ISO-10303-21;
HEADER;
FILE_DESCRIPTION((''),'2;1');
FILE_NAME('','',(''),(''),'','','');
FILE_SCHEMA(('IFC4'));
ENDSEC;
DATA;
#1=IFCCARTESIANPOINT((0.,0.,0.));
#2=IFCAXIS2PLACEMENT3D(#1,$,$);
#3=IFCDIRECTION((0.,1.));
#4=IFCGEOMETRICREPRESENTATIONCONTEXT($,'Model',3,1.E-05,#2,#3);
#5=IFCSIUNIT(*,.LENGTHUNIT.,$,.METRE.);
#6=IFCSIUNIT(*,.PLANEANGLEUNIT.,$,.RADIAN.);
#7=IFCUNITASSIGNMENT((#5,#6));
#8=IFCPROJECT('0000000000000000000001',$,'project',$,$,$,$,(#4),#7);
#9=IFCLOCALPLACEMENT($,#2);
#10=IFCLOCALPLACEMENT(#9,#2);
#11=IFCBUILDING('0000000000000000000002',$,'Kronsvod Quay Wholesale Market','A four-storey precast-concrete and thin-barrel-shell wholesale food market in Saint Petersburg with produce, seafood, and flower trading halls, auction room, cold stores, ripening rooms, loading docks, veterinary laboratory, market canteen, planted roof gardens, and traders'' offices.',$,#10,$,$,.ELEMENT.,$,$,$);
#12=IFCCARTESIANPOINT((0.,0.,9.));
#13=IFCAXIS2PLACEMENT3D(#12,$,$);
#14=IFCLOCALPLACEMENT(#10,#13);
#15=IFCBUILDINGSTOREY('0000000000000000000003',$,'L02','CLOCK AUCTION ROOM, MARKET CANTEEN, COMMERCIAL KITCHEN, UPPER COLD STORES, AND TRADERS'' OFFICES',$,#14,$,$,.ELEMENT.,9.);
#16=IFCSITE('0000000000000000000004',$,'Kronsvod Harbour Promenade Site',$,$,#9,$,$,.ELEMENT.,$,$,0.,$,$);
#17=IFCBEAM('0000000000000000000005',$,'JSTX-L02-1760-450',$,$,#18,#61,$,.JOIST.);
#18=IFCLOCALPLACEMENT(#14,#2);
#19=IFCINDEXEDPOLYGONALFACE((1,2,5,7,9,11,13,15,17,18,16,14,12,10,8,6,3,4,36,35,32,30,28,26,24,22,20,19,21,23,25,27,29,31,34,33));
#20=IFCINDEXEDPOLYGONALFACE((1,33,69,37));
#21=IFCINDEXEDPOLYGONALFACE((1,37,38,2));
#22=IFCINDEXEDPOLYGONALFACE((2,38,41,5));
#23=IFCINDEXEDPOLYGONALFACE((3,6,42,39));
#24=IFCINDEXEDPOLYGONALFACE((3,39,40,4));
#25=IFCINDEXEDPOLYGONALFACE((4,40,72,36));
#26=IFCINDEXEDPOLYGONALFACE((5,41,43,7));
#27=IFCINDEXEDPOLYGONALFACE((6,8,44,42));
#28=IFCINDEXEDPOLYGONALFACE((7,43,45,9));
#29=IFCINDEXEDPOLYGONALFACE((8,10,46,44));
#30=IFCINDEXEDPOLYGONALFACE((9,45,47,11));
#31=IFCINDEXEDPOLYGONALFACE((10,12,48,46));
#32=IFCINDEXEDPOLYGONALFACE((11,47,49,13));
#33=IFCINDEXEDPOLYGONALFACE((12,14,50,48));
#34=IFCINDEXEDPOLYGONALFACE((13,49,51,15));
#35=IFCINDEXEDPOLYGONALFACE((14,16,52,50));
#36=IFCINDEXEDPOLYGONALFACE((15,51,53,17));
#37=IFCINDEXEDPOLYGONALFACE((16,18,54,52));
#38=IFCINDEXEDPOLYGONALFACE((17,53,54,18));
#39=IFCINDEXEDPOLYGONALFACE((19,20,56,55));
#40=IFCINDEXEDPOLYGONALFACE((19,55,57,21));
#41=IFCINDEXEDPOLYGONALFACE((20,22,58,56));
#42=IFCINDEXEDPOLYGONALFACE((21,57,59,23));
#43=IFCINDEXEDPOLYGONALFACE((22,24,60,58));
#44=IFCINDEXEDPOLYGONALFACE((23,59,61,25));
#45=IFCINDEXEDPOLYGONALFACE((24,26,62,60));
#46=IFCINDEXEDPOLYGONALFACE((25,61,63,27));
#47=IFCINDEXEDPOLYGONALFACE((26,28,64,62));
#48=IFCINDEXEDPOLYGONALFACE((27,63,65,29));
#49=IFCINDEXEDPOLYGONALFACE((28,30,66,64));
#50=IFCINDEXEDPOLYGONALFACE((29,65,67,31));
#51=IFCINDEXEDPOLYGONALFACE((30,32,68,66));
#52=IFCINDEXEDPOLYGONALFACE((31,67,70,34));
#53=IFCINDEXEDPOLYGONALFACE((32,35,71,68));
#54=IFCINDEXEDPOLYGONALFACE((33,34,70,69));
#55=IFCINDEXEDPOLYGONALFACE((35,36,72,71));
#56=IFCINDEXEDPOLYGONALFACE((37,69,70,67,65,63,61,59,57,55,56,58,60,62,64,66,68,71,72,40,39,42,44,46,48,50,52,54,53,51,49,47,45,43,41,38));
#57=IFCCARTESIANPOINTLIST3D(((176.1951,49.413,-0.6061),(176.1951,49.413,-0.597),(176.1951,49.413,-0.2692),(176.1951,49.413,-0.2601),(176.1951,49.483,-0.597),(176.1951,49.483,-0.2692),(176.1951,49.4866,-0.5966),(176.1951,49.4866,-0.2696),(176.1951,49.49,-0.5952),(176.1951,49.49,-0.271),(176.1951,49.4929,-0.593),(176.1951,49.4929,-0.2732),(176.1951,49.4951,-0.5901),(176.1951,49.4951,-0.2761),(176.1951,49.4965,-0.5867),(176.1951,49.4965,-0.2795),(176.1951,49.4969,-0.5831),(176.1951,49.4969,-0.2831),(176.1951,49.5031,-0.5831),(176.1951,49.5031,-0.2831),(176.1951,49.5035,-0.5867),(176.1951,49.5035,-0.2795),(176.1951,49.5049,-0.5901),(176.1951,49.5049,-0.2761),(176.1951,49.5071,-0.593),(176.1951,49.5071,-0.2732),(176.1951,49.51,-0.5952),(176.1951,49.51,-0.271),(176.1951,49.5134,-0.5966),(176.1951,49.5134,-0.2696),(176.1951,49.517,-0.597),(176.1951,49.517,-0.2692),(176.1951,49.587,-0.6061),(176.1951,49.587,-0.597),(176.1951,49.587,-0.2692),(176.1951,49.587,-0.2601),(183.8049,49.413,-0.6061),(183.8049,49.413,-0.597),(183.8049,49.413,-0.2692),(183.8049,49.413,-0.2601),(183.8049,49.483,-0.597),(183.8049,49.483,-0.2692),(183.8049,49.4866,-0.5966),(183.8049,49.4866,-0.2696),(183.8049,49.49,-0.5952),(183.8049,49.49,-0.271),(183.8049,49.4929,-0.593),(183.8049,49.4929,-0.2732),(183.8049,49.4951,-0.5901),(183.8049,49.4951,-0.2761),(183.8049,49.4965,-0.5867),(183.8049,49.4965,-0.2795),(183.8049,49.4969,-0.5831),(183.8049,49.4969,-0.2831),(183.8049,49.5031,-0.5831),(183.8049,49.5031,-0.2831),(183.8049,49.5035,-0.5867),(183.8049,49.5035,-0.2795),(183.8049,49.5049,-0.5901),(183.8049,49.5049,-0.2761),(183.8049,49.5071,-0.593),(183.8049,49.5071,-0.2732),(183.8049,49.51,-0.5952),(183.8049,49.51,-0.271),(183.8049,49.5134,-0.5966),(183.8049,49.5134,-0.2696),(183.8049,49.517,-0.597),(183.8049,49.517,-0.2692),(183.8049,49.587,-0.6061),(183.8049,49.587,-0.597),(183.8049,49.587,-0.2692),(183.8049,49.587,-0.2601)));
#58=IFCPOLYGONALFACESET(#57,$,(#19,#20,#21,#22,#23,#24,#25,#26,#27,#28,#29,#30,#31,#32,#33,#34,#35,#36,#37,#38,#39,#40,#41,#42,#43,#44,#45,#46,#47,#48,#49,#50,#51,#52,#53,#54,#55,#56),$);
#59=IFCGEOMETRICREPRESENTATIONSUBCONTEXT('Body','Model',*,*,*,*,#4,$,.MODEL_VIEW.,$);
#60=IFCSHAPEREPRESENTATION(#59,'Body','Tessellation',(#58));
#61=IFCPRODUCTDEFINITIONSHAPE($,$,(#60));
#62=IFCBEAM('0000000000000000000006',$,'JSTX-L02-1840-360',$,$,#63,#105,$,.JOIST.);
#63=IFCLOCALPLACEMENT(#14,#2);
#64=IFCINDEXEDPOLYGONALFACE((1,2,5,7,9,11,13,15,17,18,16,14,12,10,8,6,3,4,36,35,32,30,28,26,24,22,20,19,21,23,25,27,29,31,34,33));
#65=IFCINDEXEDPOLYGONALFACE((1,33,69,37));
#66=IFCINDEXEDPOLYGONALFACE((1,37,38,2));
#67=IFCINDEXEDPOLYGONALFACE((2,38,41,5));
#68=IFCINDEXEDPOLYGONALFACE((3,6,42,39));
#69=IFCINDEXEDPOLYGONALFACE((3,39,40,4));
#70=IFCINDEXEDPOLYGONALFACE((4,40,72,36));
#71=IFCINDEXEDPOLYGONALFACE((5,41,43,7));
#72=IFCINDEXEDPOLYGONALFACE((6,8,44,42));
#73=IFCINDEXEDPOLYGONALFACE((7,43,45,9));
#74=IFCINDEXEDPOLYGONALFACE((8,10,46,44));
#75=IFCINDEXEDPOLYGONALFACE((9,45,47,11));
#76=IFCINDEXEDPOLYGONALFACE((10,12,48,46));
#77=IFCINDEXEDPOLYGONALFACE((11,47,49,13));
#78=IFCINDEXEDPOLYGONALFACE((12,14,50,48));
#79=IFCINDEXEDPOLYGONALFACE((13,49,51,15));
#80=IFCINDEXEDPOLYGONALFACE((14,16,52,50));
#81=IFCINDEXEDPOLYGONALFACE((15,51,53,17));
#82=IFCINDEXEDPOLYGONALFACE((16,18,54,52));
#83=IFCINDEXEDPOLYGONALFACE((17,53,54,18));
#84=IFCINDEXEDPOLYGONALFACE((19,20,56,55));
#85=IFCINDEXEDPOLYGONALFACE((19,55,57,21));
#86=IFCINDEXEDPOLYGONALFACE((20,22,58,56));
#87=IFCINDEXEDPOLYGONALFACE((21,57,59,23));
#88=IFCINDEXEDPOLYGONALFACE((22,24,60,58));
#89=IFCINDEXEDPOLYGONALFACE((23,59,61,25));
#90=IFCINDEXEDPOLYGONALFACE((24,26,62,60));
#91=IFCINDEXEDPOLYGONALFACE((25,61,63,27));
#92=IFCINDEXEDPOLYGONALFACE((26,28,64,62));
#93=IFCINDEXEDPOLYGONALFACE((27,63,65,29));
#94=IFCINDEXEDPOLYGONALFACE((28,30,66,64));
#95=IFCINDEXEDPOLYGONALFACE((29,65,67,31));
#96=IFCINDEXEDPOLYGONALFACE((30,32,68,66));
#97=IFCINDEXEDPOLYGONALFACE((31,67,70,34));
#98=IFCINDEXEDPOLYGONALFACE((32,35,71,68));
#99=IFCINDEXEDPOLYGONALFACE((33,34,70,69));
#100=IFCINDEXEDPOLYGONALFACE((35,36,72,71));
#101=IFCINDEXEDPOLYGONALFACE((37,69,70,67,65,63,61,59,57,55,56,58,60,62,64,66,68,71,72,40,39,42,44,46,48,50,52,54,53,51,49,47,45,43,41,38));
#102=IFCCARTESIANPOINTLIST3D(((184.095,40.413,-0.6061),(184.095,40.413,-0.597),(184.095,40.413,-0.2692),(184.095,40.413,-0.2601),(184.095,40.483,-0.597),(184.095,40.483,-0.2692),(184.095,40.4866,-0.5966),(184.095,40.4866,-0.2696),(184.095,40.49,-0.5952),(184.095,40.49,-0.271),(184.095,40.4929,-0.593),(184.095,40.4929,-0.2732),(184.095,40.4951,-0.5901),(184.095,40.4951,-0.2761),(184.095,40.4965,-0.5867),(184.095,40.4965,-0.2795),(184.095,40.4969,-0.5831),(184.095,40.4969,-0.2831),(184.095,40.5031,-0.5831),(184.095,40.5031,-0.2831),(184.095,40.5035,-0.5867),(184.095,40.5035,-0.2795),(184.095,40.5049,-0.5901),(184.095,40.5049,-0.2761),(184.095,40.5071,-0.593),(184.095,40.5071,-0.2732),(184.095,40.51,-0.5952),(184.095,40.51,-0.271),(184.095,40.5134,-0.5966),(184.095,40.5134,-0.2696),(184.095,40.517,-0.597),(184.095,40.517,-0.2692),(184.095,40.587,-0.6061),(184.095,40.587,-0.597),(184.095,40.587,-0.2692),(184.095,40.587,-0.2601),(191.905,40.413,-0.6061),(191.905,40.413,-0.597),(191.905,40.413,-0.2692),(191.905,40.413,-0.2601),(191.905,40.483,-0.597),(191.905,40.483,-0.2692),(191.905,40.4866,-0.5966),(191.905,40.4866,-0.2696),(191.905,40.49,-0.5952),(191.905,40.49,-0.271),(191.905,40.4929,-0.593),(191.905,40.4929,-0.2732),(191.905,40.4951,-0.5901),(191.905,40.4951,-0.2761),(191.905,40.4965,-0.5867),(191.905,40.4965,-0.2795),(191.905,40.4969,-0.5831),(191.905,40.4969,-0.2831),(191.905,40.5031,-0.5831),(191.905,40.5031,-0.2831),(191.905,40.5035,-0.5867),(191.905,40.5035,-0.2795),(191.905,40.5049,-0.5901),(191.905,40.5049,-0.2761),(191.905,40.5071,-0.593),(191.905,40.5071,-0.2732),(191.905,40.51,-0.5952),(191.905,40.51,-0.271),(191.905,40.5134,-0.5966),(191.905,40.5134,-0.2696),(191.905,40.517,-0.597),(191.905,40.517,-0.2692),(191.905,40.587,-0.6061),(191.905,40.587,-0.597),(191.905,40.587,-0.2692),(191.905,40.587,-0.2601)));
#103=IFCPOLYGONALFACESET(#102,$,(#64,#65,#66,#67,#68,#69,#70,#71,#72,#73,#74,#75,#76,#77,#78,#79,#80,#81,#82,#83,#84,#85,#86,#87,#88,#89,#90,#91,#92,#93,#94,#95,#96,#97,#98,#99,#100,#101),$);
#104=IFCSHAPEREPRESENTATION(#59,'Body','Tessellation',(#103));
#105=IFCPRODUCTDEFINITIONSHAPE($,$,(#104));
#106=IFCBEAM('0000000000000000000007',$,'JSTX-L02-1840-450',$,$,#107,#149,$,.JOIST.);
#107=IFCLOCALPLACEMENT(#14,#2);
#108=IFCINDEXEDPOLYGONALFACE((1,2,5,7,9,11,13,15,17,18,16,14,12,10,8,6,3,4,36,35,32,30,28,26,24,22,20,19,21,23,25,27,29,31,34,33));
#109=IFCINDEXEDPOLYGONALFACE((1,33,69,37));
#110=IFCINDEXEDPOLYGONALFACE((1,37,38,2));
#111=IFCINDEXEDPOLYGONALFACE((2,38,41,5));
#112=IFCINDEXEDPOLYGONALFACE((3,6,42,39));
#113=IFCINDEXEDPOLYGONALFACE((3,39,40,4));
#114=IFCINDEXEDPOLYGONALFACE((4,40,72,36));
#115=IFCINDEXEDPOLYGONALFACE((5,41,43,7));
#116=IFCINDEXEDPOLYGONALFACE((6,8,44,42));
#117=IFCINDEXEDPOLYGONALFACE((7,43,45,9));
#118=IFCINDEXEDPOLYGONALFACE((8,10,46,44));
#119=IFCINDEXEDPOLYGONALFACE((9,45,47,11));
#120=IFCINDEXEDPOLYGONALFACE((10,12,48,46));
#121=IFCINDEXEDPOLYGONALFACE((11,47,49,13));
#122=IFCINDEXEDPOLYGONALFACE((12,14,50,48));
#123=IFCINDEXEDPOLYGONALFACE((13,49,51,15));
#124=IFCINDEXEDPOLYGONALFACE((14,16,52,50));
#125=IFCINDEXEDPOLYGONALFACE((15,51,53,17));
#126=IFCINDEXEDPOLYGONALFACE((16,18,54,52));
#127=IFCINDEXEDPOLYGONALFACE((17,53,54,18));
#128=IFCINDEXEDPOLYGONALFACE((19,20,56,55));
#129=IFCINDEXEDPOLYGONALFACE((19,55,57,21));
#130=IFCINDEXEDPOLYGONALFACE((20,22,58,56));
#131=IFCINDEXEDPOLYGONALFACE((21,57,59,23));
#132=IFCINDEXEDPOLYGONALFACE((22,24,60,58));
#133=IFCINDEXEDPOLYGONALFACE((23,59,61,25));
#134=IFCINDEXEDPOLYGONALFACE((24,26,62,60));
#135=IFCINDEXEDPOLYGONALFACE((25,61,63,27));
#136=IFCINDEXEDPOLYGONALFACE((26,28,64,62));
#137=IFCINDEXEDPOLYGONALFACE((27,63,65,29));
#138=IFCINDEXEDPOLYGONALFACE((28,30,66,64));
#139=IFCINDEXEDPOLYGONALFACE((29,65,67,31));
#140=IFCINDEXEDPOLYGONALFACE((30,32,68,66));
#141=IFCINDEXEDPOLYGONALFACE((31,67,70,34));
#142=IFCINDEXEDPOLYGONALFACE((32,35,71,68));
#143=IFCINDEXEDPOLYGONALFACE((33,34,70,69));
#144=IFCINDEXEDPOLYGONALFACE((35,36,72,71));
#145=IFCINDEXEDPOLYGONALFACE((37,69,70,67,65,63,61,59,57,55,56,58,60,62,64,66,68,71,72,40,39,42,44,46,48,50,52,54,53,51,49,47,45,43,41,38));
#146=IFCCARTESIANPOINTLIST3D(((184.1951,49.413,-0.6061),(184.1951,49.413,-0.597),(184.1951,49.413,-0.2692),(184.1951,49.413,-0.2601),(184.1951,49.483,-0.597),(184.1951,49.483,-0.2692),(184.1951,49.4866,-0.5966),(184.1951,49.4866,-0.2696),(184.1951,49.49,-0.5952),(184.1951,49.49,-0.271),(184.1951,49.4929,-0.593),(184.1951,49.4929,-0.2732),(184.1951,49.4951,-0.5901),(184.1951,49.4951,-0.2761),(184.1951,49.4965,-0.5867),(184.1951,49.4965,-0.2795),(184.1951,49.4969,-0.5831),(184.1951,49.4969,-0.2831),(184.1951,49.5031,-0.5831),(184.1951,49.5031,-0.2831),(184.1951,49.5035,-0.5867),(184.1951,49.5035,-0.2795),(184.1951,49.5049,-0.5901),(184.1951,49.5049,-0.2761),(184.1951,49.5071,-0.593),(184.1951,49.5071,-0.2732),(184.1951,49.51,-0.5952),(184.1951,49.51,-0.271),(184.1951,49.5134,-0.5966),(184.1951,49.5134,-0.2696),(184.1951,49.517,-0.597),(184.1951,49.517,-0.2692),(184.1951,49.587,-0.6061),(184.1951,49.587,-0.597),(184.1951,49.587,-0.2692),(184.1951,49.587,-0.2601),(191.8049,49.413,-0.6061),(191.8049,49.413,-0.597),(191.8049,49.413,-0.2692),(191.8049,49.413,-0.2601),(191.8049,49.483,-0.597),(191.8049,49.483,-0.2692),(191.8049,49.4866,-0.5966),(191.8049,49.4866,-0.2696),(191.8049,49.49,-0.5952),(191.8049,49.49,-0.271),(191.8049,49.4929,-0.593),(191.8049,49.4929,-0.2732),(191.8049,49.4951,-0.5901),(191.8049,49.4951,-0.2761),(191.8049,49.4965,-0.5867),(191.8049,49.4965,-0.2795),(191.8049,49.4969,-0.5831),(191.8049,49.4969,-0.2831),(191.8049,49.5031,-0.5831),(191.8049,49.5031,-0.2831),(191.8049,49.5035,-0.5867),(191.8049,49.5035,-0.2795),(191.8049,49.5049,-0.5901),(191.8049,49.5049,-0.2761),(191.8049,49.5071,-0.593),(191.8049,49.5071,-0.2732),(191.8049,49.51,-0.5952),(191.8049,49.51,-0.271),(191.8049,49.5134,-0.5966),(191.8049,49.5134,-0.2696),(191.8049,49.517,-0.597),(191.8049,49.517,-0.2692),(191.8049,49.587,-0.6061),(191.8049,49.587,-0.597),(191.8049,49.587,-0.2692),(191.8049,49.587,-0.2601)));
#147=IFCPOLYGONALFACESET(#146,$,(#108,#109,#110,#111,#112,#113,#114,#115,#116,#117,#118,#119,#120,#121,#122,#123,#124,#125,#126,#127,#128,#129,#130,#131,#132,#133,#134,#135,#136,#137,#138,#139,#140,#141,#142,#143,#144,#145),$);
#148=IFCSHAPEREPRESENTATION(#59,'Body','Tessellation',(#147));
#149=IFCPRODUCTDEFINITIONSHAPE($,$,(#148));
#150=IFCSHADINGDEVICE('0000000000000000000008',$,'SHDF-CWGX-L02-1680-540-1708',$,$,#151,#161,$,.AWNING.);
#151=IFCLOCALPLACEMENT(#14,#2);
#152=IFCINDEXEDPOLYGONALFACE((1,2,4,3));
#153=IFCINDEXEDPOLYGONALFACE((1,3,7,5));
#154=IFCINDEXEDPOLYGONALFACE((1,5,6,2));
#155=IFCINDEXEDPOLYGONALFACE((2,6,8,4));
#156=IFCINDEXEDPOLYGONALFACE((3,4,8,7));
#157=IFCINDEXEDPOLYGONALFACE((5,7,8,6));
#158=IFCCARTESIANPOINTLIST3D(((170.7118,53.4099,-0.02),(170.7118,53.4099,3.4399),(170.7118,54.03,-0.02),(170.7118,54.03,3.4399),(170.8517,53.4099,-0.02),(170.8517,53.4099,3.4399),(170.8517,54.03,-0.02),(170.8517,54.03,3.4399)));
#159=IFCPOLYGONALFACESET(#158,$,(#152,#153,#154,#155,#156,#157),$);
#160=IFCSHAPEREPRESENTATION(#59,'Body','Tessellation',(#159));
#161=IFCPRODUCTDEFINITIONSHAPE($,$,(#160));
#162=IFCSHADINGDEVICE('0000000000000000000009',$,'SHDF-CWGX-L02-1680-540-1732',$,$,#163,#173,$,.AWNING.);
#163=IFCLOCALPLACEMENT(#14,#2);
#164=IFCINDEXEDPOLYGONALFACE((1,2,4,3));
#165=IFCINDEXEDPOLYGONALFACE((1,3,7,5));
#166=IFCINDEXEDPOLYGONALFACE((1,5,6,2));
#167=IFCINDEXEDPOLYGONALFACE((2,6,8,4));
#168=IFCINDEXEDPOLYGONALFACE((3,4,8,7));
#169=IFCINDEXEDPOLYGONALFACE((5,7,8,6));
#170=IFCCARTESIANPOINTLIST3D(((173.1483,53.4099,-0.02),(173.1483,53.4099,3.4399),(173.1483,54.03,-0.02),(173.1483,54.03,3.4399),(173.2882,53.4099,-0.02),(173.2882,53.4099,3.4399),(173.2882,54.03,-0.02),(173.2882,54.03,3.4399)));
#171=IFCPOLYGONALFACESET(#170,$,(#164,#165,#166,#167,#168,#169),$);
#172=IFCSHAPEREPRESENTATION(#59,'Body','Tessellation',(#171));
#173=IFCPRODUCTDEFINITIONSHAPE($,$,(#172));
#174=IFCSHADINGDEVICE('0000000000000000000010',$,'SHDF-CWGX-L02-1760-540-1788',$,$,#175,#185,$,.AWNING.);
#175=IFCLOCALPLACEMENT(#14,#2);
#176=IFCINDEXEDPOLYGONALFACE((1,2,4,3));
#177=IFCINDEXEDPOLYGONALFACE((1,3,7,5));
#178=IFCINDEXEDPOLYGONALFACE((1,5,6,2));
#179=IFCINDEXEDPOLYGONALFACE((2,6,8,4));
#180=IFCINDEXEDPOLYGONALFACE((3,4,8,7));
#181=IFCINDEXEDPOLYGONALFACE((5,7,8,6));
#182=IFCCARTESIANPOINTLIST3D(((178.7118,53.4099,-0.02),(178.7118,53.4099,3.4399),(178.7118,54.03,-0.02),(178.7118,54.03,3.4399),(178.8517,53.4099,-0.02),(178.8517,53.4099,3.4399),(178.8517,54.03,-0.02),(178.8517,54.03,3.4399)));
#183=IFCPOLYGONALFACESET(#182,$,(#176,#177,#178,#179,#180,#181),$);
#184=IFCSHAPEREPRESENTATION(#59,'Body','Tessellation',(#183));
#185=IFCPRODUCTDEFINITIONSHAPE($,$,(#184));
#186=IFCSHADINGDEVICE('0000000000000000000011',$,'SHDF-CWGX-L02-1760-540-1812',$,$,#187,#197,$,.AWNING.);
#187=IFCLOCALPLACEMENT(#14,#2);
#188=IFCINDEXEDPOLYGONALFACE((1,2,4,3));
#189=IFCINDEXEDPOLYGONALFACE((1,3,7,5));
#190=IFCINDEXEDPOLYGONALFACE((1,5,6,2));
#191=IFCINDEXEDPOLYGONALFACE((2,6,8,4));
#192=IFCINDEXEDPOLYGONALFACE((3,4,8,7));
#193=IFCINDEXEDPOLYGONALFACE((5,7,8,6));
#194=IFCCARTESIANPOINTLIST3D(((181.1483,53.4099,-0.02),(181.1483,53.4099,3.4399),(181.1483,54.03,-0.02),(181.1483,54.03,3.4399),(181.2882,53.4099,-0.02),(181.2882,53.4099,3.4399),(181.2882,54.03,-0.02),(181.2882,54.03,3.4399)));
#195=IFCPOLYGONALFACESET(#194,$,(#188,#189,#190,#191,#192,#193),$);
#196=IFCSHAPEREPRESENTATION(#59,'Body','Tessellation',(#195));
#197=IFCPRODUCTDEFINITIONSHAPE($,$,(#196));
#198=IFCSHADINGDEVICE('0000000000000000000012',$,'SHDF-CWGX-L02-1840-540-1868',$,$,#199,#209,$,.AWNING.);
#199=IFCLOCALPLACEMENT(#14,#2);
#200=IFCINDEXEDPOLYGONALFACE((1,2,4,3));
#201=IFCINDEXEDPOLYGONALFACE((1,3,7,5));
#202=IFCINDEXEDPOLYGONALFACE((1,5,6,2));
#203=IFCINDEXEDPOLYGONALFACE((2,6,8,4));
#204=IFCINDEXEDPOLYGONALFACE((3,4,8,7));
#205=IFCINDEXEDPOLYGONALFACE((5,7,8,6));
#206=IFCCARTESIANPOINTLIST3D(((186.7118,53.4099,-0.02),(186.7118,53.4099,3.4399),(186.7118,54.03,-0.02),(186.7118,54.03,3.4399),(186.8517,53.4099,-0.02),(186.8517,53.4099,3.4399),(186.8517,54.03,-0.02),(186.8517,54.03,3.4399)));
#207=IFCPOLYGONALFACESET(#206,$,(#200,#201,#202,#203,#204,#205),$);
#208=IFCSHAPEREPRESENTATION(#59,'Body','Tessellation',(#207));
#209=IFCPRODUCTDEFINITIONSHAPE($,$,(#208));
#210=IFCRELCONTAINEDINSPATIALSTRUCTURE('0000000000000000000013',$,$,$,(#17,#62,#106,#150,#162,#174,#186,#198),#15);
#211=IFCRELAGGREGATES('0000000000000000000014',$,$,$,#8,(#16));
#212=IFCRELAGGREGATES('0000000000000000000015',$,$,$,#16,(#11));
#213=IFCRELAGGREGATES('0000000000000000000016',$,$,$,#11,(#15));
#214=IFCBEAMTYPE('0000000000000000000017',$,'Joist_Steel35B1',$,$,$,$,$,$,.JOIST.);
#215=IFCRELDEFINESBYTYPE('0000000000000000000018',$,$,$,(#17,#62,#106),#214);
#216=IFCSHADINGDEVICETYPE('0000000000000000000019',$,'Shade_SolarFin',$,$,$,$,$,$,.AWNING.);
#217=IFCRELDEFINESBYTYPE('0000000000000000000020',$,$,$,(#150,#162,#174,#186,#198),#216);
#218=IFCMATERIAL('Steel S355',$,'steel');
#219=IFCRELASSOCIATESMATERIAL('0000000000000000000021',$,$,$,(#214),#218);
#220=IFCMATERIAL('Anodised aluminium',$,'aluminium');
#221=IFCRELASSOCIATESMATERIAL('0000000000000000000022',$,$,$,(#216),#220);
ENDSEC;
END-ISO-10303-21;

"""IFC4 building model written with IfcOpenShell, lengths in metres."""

from ifc_helpers import new_model, si_unit, direction, frame, origin, origin_2d, place, context, subcontext, project, spatial, rectangle, i_section, extrude, material, material_profile, profile_set, type_object, element, save


model = new_model("IFC4")

# Units and contexts
model_context = context("Model", 3, precision=1e-05, world=origin(), true_north=direction((0.0, 1.0)))
body_context = subcontext(model_context, "Body", "Model", "MODEL_VIEW")
ifc_project = project(units=[si_unit("LENGTHUNIT", "METRE"), si_unit("PLANEANGLEUNIT", "RADIAN")], contexts=[model_context])

# Site, building, storey
site_placement = place(None, origin())
site = spatial("IfcSite", under=ifc_project, at=site_placement, Name="Kronsvod Harbour Promenade Site", CompositionType="ELEMENT", RefElevation=0.0)
building_placement = place(site_placement, origin())
building = spatial("IfcBuilding", under=site, at=building_placement, Name="Kronsvod Quay Wholesale Market", Description="A four-storey precast-concrete and thin-barrel-shell wholesale food market in Saint Petersburg with produce, seafood, and flower trading halls, auction room, cold stores, ripening rooms, loading docks, veterinary laboratory, market canteen, planted roof gardens, and traders' offices.", CompositionType="ELEMENT")
storey_placement = place(building_placement, frame((0.0, 0.0, 9.0)))
storey = spatial("IfcBuildingStorey", under=building, at=storey_placement, Name="L02", Description="CLOCK AUCTION ROOM, MARKET CANTEEN, COMMERCIAL KITCHEN, UPPER COLD STORES, AND TRADERS' OFFICES", CompositionType="ELEMENT", Elevation=9.0)

# Beams
ifc_material_1 = material(Name="Steel S355", Category="steel")
ifc_material_profile_1 = material_profile(ifc_material_1, i_section(OverallWidth=0.1741, OverallDepth=0.3459, WebThickness=0.0061, FlangeThickness=0.009, FilletRadius=0.0139, at=origin_2d()), Name="35B1")
ifc_profile_set_1 = profile_set([ifc_material_profile_1], Name="Steel S355")
beam_type_1 = type_object("IfcBeamType", Name="Joist_Steel35B1", PredefinedType="JOIST", material=ifc_profile_set_1)
beam_1_placement = place(storey_placement, frame((176.1951, 49.5, -0.4331), z_axis=(1.0, 0.0, 0.0), x_axis=(0.0, 1.0, 0.0)))
element("IfcBeam", 1, at=beam_1_placement, inside=storey, type_object=beam_type_1, Name="JSTX-L02-1760-450", PredefinedType="JOIST", context=body_context, shape_type="SweptSolid", body=[
    extrude(i_section(OverallWidth=0.1741, OverallDepth=0.3459, WebThickness=0.0061, FlangeThickness=0.009, FilletRadius=0.0139, at=origin_2d()), origin(), (0.0, 0.0, 1.0), 7.6099),
])
beam_2_placement = place(storey_placement, frame((184.095, 40.5, -0.4331), z_axis=(1.0, 0.0, 0.0), x_axis=(0.0, 1.0, 0.0)))
element("IfcBeam", 2, at=beam_2_placement, inside=storey, type_object=beam_type_1, Name="JSTX-L02-1840-360", PredefinedType="JOIST", context=body_context, shape_type="SweptSolid", body=[
    extrude(i_section(OverallWidth=0.1741, OverallDepth=0.3459, WebThickness=0.0061, FlangeThickness=0.009, FilletRadius=0.0139, at=origin_2d()), origin(), (0.0, 0.0, 1.0), 7.8101),
])
beam_3_placement = place(storey_placement, frame((184.1951, 49.5, -0.4331), z_axis=(1.0, 0.0, 0.0), x_axis=(0.0, 1.0, 0.0)))
element("IfcBeam", 3, at=beam_3_placement, inside=storey, type_object=beam_type_1, Name="JSTX-L02-1840-450", PredefinedType="JOIST", context=body_context, shape_type="SweptSolid", body=[
    extrude(i_section(OverallWidth=0.1741, OverallDepth=0.3459, WebThickness=0.0061, FlangeThickness=0.009, FilletRadius=0.0139, at=origin_2d()), origin(), (0.0, 0.0, 1.0), 7.6099),
])

# Shading devices
ifc_material_2 = material(Name="Anodised aluminium", Category="aluminium")
shading_device_type_1 = type_object("IfcShadingDeviceType", Name="Shade_SolarFin", PredefinedType="AWNING", material=ifc_material_2)
for number, where, z_axis, x_axis, name in (
    (4, (170.7817, 53.72, -0.02), (0.0, 0.0, 1.0), (1.0, 0.0, 0.0), "SHDF-CWGX-L02-1680-540-1708"),
    (5, (173.2183, 53.72, -0.02), (0.0, 0.0, 1.0), (1.0, 0.0, 0.0), "SHDF-CWGX-L02-1680-540-1732"),
    (6, (178.7817, 53.72, -0.02), (0.0, 0.0, 1.0), (1.0, 0.0, 0.0), "SHDF-CWGX-L02-1760-540-1788"),
    (7, (181.2183, 53.72, -0.02), (0.0, 0.0, 1.0), (1.0, 0.0, 0.0), "SHDF-CWGX-L02-1760-540-1812"),
    (8, (186.7817, 53.72, -0.02), (0.0, 0.0, 1.0), (1.0, 0.0, 0.0), "SHDF-CWGX-L02-1840-540-1868"),
):
    element("IfcShadingDevice", number, at=place(storey_placement, frame(where, z_axis=z_axis, x_axis=x_axis)), inside=storey, type_object=shading_device_type_1, Name=name, PredefinedType="AWNING", context=body_context, shape_type="SweptSolid", body=[
        extrude(rectangle(XDim=0.1399, YDim=0.6201, at=origin_2d()), origin(), (0.0, 0.0, 1.0), 3.46),
    ])

save(model, "model.ifc")
